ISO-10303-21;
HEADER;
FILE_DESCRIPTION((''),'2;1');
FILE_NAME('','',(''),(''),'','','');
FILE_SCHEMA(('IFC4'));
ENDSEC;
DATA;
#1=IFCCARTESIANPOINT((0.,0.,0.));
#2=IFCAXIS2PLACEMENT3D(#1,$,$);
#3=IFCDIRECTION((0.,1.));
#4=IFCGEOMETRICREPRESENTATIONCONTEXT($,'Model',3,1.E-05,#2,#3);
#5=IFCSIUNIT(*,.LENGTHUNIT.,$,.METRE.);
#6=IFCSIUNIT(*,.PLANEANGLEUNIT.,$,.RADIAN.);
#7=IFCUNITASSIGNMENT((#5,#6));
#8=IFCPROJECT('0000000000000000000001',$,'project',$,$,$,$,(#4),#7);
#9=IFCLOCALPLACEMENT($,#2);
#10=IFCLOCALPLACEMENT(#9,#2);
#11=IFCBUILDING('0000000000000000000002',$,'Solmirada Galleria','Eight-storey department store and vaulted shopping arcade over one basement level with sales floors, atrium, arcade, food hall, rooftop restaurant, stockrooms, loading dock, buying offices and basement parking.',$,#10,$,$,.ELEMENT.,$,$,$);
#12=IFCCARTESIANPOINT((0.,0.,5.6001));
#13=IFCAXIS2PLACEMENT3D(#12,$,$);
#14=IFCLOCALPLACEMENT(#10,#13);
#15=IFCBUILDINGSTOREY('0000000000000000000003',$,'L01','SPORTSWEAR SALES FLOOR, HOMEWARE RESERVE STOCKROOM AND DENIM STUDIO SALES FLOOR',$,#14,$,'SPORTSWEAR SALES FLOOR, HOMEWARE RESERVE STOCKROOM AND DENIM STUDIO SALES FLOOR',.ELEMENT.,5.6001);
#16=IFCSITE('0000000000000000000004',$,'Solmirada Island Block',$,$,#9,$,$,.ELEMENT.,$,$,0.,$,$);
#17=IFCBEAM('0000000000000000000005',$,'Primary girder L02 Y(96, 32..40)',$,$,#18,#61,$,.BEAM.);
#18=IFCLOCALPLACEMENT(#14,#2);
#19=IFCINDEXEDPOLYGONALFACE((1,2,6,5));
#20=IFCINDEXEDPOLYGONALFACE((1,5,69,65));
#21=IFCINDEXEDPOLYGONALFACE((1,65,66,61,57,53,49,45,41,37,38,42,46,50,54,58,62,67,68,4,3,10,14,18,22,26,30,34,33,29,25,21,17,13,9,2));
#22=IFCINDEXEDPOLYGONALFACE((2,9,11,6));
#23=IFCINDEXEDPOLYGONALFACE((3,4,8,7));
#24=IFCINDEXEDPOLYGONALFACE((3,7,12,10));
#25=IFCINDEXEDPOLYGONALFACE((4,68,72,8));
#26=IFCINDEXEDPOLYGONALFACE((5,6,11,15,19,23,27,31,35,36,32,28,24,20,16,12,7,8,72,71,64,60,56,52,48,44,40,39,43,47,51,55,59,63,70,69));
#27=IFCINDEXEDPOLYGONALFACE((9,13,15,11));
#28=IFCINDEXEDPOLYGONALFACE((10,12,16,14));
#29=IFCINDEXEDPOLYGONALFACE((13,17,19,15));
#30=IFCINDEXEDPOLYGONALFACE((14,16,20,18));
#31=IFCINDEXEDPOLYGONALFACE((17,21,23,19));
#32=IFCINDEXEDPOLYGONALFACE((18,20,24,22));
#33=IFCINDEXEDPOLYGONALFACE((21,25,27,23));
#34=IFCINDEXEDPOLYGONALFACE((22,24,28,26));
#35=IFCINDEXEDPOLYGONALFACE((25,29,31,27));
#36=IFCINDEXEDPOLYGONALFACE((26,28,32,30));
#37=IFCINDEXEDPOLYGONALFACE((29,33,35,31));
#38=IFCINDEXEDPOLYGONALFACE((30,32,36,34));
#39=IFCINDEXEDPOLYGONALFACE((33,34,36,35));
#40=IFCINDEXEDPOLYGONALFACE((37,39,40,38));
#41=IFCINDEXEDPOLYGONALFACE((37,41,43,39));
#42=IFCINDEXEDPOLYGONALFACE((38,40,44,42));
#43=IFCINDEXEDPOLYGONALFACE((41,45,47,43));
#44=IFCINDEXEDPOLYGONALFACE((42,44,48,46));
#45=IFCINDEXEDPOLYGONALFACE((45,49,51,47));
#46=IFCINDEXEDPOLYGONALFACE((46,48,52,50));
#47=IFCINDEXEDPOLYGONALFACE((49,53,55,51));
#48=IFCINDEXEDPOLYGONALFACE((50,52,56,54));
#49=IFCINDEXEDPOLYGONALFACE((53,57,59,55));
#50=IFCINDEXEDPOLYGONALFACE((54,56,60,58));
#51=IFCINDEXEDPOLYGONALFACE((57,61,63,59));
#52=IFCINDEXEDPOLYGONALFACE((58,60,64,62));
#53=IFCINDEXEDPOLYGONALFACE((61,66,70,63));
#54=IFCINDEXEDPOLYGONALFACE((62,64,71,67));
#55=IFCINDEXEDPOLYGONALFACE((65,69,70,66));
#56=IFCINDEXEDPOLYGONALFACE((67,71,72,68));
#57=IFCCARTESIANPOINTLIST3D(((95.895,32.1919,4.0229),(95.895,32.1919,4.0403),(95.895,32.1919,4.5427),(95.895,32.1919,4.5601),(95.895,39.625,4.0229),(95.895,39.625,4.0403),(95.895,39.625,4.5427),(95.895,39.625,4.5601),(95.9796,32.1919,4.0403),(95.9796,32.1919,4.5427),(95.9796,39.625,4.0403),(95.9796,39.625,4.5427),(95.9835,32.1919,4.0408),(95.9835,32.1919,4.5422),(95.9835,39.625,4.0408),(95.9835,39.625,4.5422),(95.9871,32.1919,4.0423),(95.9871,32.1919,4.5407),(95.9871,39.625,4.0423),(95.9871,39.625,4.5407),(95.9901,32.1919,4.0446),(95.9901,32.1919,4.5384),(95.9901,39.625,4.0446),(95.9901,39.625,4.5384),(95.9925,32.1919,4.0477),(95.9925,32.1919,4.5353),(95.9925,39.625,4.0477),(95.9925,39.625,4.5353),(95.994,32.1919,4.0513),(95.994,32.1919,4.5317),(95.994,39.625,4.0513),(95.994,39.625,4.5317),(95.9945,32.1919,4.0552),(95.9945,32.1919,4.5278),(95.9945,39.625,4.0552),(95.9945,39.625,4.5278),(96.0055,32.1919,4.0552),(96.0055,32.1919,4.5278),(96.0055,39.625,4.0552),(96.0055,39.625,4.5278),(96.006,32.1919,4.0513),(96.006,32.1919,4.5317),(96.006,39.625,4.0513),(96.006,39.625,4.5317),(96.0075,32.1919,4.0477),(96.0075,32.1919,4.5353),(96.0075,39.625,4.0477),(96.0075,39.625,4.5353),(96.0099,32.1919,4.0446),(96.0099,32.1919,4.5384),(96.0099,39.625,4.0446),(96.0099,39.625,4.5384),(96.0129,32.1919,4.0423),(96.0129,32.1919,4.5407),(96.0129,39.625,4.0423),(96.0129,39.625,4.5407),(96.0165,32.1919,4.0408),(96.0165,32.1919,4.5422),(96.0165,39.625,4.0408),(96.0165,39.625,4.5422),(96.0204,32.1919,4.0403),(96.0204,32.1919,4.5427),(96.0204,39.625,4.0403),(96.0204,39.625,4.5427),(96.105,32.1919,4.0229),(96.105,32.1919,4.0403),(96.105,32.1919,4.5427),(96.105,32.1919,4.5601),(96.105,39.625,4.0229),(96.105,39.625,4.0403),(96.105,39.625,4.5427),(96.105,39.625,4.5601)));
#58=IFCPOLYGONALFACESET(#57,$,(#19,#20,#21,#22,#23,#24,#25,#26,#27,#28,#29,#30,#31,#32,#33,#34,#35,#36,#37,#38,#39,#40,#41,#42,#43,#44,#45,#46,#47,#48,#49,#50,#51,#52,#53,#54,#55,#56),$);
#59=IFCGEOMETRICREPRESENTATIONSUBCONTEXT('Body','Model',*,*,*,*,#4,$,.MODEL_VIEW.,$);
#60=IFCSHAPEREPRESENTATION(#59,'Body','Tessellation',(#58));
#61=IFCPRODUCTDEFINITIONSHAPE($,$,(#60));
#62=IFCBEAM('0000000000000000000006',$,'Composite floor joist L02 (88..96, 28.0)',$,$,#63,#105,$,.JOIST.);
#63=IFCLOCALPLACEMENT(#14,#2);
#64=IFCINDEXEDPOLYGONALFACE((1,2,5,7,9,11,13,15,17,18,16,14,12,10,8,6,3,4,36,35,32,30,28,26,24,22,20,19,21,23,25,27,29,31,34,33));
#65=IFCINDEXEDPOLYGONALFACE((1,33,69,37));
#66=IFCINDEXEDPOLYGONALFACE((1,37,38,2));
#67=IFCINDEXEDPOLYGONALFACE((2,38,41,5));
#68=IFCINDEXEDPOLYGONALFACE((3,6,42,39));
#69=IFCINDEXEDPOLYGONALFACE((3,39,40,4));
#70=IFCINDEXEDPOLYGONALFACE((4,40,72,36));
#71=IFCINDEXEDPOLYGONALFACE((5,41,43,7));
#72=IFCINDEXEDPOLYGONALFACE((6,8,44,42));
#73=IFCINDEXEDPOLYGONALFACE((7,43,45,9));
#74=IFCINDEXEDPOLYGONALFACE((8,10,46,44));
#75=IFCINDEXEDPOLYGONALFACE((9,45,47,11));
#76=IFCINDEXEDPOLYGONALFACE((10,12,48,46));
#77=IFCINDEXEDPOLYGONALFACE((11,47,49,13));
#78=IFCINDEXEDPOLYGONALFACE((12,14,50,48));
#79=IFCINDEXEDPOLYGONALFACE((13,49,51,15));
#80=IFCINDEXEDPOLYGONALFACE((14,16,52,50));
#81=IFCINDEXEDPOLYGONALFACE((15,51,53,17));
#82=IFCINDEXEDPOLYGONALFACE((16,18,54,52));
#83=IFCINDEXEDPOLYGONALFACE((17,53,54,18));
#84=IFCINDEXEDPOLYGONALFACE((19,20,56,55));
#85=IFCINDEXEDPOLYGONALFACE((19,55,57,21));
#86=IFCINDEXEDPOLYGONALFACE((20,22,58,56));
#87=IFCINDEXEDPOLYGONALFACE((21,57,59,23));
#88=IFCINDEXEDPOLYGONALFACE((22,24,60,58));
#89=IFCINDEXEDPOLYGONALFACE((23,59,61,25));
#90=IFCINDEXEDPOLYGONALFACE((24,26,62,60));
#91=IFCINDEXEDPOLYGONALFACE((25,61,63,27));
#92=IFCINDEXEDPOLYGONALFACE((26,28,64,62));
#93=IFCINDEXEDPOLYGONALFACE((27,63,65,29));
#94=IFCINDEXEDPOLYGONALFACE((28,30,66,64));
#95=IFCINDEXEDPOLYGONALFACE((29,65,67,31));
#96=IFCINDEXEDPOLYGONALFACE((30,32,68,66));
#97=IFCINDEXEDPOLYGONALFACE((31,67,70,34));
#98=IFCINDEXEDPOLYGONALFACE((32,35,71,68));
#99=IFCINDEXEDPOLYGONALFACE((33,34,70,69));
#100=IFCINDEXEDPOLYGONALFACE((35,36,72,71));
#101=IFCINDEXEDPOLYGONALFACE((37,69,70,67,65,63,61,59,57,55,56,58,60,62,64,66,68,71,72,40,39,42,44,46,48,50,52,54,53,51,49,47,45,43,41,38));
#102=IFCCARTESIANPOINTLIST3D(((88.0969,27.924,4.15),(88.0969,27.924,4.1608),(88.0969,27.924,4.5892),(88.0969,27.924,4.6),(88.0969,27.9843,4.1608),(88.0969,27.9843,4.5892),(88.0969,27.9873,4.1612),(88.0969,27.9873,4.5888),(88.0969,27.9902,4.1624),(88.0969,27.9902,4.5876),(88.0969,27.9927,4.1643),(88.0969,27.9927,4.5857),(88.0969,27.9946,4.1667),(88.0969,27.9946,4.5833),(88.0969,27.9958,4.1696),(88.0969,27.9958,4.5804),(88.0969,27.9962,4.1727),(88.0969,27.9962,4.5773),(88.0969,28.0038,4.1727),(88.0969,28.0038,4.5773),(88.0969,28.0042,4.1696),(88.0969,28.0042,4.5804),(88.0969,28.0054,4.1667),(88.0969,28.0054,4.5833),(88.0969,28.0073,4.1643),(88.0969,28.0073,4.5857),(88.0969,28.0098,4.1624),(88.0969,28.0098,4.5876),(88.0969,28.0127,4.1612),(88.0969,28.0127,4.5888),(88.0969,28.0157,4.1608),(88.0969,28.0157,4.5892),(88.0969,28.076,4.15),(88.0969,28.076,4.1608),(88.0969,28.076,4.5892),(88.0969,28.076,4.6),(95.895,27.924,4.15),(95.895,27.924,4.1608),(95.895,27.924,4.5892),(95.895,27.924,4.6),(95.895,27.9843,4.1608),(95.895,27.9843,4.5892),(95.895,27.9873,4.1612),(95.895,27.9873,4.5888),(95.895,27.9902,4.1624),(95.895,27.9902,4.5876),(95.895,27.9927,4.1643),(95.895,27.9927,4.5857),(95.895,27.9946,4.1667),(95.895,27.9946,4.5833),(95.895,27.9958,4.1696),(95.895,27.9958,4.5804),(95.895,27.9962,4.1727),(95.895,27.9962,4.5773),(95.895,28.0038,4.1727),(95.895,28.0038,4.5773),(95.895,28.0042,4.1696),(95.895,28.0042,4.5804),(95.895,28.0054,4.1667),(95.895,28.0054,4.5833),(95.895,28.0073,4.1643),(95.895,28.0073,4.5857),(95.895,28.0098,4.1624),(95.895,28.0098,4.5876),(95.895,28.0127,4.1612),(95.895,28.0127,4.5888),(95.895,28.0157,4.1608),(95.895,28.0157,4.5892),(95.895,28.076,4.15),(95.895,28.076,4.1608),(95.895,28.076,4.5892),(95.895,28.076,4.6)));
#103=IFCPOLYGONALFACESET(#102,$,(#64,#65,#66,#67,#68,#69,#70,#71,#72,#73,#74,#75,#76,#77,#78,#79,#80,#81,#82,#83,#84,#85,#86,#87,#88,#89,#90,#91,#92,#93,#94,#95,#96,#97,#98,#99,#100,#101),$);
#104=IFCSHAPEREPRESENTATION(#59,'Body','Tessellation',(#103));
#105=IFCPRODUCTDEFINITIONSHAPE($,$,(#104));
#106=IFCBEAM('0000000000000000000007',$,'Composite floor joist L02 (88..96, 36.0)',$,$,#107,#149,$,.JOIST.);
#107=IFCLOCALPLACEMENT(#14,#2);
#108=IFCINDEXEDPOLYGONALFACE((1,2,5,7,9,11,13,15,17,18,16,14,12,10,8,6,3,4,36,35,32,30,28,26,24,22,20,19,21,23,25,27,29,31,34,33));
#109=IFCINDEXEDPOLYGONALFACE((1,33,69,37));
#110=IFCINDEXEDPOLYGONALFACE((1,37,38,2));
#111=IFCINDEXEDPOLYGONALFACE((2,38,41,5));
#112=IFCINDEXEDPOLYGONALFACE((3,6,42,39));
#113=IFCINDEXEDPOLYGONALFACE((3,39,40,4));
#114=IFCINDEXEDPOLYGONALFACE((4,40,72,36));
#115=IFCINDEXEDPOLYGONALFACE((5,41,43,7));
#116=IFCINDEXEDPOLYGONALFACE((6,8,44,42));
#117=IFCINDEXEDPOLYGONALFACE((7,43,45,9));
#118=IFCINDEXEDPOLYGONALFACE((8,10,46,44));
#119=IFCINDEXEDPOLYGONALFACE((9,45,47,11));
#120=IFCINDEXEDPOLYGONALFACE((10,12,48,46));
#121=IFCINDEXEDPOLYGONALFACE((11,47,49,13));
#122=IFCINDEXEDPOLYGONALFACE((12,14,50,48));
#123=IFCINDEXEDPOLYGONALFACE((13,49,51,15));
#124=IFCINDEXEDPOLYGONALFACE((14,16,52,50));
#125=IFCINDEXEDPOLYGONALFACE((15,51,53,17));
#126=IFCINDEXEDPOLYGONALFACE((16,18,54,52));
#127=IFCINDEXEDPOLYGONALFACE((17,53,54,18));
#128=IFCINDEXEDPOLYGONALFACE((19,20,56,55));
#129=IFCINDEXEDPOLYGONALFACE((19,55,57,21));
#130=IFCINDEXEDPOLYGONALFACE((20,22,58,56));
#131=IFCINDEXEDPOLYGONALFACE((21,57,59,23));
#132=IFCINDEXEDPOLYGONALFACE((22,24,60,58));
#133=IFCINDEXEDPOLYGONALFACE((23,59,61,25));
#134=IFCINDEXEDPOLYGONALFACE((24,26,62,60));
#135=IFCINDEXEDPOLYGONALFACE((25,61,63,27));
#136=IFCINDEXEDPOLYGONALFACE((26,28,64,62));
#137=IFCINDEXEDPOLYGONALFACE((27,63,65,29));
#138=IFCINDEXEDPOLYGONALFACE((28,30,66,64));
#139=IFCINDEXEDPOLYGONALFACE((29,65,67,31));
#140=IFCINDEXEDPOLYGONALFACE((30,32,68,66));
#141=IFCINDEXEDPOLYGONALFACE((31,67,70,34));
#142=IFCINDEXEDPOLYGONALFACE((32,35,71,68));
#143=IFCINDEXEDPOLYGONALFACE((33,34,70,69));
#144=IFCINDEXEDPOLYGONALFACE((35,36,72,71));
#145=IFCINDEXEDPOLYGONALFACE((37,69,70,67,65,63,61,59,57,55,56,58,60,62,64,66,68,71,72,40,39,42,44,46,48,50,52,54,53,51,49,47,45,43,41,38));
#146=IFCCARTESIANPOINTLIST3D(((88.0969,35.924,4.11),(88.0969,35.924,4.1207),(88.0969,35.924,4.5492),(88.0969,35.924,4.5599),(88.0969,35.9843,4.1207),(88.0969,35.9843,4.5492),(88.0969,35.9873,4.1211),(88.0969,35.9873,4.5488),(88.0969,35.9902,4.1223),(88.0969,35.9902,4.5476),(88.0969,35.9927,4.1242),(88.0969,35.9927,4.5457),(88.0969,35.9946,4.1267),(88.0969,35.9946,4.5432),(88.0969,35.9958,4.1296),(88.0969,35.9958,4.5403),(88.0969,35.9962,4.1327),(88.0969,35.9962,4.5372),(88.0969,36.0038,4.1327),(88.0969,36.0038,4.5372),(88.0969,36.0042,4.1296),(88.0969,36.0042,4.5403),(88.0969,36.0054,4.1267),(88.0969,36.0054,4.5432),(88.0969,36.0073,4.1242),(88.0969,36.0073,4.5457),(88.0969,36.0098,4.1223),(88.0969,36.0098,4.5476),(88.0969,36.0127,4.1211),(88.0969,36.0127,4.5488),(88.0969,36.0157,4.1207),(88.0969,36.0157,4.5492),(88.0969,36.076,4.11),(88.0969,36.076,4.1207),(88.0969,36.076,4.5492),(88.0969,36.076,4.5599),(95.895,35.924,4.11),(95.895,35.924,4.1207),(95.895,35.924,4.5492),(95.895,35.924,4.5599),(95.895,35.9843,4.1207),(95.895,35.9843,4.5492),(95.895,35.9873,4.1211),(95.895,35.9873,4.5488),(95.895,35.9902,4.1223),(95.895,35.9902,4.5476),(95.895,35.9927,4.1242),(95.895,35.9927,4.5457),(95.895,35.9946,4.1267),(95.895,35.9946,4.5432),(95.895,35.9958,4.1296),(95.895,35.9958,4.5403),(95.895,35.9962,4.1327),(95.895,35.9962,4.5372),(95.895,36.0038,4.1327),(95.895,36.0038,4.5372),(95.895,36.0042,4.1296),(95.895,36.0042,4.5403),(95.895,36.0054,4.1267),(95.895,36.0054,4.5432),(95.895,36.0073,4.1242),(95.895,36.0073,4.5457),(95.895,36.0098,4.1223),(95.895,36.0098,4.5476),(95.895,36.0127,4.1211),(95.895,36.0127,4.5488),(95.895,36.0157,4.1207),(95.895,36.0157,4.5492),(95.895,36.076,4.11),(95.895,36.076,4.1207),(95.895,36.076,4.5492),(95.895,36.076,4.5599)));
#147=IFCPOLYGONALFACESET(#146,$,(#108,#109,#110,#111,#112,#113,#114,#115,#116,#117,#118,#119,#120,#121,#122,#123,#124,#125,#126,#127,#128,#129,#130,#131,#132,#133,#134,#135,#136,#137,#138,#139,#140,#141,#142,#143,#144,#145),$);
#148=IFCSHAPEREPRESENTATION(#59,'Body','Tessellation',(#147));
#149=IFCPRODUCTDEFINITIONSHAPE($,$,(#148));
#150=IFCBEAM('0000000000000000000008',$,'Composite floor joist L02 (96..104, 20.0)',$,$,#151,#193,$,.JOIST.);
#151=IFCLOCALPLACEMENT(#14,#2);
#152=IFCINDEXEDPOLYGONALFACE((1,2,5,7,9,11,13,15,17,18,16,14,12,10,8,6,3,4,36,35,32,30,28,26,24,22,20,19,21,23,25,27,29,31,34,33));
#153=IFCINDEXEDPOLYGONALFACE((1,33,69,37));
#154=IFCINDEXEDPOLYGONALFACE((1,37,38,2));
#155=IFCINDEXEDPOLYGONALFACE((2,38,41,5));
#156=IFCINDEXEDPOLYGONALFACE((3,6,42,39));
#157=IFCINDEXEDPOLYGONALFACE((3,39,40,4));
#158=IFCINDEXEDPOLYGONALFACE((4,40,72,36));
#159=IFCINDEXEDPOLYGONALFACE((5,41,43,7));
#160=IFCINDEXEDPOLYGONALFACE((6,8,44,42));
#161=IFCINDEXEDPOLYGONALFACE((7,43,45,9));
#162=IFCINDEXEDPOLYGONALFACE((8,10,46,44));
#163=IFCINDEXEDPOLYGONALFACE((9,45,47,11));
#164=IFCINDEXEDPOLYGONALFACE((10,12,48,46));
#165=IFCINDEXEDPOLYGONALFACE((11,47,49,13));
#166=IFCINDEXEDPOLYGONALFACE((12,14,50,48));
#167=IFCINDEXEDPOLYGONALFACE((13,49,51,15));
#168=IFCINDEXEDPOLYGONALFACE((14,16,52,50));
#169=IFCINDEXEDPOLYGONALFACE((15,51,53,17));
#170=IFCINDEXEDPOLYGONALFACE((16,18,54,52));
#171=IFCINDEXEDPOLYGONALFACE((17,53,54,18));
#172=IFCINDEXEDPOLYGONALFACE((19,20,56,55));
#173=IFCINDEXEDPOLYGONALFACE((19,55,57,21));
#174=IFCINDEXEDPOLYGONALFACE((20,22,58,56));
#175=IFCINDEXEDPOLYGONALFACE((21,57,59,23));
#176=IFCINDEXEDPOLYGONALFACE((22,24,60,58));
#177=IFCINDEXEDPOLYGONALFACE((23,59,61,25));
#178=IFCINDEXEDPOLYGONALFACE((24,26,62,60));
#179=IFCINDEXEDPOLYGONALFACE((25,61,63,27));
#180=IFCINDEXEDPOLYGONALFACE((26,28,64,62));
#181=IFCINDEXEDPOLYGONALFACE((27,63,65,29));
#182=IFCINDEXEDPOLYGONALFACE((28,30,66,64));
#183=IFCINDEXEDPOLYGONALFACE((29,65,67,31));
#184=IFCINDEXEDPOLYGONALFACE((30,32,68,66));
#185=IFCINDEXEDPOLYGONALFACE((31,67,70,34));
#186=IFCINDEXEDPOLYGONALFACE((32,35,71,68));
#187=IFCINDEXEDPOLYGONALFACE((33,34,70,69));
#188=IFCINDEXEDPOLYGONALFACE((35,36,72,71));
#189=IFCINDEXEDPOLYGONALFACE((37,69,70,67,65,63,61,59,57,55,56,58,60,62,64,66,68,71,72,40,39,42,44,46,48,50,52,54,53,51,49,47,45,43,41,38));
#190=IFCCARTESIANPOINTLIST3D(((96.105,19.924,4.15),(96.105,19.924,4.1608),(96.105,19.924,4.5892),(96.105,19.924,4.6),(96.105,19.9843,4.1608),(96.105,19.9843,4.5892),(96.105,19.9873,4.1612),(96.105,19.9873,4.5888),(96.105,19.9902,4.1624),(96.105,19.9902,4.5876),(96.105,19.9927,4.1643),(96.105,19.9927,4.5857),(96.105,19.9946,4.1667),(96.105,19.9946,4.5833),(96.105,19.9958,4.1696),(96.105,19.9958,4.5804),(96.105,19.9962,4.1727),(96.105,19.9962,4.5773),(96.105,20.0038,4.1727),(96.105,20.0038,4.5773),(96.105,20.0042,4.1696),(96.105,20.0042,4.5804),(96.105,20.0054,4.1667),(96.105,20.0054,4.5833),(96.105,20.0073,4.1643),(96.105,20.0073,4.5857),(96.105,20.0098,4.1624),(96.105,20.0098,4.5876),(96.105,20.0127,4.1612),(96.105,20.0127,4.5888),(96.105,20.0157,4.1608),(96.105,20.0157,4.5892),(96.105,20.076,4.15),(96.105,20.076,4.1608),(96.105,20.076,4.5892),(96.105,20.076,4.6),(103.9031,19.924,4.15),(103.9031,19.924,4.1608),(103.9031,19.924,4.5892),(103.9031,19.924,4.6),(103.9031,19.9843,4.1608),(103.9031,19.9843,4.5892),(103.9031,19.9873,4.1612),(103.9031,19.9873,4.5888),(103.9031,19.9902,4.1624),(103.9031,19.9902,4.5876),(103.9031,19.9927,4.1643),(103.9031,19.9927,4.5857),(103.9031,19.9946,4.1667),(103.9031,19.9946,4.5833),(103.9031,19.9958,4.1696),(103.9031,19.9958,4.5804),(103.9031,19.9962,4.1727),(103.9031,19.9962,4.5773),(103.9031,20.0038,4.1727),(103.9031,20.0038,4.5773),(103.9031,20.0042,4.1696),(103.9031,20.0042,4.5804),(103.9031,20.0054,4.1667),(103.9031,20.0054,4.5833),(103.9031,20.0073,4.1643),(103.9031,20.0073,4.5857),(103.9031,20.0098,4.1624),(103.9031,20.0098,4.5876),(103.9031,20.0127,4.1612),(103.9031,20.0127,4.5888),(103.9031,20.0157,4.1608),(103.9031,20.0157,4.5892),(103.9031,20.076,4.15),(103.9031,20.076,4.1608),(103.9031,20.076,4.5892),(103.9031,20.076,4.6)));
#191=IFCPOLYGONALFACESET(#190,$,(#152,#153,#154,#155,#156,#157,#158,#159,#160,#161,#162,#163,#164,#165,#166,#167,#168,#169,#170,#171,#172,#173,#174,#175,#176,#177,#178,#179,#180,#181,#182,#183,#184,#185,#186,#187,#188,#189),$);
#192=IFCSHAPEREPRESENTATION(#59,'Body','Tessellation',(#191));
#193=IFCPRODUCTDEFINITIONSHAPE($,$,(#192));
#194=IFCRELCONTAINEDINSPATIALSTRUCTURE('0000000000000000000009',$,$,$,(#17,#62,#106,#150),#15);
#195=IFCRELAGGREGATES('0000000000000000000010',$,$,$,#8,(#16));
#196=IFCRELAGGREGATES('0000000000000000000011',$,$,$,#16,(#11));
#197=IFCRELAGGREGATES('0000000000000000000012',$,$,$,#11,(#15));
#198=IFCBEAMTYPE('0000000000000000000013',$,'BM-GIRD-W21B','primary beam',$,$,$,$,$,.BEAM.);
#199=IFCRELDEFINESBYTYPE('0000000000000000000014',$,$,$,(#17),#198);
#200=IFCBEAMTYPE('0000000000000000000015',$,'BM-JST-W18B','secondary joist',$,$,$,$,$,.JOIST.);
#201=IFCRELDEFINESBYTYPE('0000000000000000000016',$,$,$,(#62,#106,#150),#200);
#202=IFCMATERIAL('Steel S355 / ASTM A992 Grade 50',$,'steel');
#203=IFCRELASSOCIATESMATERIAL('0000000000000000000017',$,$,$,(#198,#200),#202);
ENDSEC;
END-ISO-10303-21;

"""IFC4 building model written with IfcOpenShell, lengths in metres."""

from ifc_helpers import new_model, si_unit, direction, frame, origin, origin_2d, place, context, subcontext, project, spatial, i_section, extrude, material, material_profile, profile_set, type_object, element, save


model = new_model("IFC4")

# Units and contexts
model_context = context("Model", 3, precision=1e-05, world=origin(), true_north=direction((0.0, 1.0)))
body_context = subcontext(model_context, "Body", "Model", "MODEL_VIEW")
ifc_project = project(units=[si_unit("LENGTHUNIT", "METRE"), si_unit("PLANEANGLEUNIT", "RADIAN")], contexts=[model_context])

# Site, building, storey
site_placement = place(None, origin())
site = spatial("IfcSite", under=ifc_project, at=site_placement, Name="Solmirada Island Block", CompositionType="ELEMENT", RefElevation=0.0)
building_placement = place(site_placement, origin())
building = spatial("IfcBuilding", under=site, at=building_placement, Name="Solmirada Galleria", Description="Eight-storey department store and vaulted shopping arcade over one basement level with sales floors, atrium, arcade, food hall, rooftop restaurant, stockrooms, loading dock, buying offices and basement parking.", CompositionType="ELEMENT")
storey_placement = place(building_placement, frame((0.0, 0.0, 5.6001)))
storey = spatial("IfcBuildingStorey", under=building, at=storey_placement, Name="L01", Description="SPORTSWEAR SALES FLOOR, HOMEWARE RESERVE STOCKROOM AND DENIM STUDIO SALES FLOOR", LongName="SPORTSWEAR SALES FLOOR, HOMEWARE RESERVE STOCKROOM AND DENIM STUDIO SALES FLOOR", CompositionType="ELEMENT", Elevation=5.6001)

# Beams
ifc_material_1 = material(Name="Steel S355 / ASTM A992 Grade 50", Category="steel")
ifc_material_profile_1 = material_profile(ifc_material_1, i_section(OverallWidth=0.21, OverallDepth=0.5371, WebThickness=0.011, FlangeThickness=0.0173, FilletRadius=0.0149, at=origin_2d()), Name="W21X68")
ifc_profile_set_1 = profile_set([ifc_material_profile_1], Name="Steel S355 / ASTM A992 Grade 50")
beam_type_1 = type_object("IfcBeamType", Name="BM-GIRD-W21B", Description="primary beam", PredefinedType="BEAM", material=ifc_profile_set_1)
for number, where, z_axis, x_axis, name in (
    (1, (96.0, 32.1919, 4.2915), (0.0, 1.0, 0.0), (-1.0, 0.0, 0.0), "Primary girder L02 Y(96, 32..40)"),
):
    element("IfcBeam", number, at=place(storey_placement, frame(where, z_axis=z_axis, x_axis=x_axis)), inside=storey, type_object=beam_type_1, Name=name, PredefinedType="BEAM", context=body_context, shape_type="SweptSolid", body=[
        extrude(i_section(OverallWidth=0.21, OverallDepth=0.5371, WebThickness=0.011, FlangeThickness=0.0173, FilletRadius=0.0149, at=origin_2d()), origin(), (0.0, 0.0, 1.0), 7.4331),
    ])
ifc_material_profile_2 = material_profile(ifc_material_1, i_section(OverallWidth=0.1521, OverallDepth=0.45, WebThickness=0.0076, FlangeThickness=0.0107, FilletRadius=0.012, at=origin_2d()), Name="W18X35")
ifc_profile_set_2 = profile_set([ifc_material_profile_2], Name="Steel S355 / ASTM A992 Grade 50")
beam_type_2 = type_object("IfcBeamType", Name="BM-JST-W18B", Description="secondary joist", PredefinedType="JOIST", material=ifc_profile_set_2)
for number, where, z_axis, x_axis, name in (
    (2, (88.0969, 28.0, 4.375), (1.0, 0.0, 0.0), (0.0, 1.0, 0.0), "Composite floor joist L02 (88..96, 28.0)"),
    (3, (88.0969, 36.0, 4.335), (1.0, 0.0, 0.0), (0.0, 1.0, 0.0), "Composite floor joist L02 (88..96, 36.0)"),
    (4, (96.105, 20.0, 4.375), (1.0, 0.0, 0.0), (0.0, 1.0, 0.0), "Composite floor joist L02 (96..104, 20.0)"),
):
    element("IfcBeam", number, at=place(storey_placement, frame(where, z_axis=z_axis, x_axis=x_axis)), inside=storey, type_object=beam_type_2, Name=name, PredefinedType="JOIST", context=body_context, shape_type="SweptSolid", body=[
        extrude(i_section(OverallWidth=0.1521, OverallDepth=0.45, WebThickness=0.0076, FlangeThickness=0.0107, FilletRadius=0.012, at=origin_2d()), origin(), (0.0, 0.0, 1.0), 7.7981),
    ])

save(model, "model.ifc")
